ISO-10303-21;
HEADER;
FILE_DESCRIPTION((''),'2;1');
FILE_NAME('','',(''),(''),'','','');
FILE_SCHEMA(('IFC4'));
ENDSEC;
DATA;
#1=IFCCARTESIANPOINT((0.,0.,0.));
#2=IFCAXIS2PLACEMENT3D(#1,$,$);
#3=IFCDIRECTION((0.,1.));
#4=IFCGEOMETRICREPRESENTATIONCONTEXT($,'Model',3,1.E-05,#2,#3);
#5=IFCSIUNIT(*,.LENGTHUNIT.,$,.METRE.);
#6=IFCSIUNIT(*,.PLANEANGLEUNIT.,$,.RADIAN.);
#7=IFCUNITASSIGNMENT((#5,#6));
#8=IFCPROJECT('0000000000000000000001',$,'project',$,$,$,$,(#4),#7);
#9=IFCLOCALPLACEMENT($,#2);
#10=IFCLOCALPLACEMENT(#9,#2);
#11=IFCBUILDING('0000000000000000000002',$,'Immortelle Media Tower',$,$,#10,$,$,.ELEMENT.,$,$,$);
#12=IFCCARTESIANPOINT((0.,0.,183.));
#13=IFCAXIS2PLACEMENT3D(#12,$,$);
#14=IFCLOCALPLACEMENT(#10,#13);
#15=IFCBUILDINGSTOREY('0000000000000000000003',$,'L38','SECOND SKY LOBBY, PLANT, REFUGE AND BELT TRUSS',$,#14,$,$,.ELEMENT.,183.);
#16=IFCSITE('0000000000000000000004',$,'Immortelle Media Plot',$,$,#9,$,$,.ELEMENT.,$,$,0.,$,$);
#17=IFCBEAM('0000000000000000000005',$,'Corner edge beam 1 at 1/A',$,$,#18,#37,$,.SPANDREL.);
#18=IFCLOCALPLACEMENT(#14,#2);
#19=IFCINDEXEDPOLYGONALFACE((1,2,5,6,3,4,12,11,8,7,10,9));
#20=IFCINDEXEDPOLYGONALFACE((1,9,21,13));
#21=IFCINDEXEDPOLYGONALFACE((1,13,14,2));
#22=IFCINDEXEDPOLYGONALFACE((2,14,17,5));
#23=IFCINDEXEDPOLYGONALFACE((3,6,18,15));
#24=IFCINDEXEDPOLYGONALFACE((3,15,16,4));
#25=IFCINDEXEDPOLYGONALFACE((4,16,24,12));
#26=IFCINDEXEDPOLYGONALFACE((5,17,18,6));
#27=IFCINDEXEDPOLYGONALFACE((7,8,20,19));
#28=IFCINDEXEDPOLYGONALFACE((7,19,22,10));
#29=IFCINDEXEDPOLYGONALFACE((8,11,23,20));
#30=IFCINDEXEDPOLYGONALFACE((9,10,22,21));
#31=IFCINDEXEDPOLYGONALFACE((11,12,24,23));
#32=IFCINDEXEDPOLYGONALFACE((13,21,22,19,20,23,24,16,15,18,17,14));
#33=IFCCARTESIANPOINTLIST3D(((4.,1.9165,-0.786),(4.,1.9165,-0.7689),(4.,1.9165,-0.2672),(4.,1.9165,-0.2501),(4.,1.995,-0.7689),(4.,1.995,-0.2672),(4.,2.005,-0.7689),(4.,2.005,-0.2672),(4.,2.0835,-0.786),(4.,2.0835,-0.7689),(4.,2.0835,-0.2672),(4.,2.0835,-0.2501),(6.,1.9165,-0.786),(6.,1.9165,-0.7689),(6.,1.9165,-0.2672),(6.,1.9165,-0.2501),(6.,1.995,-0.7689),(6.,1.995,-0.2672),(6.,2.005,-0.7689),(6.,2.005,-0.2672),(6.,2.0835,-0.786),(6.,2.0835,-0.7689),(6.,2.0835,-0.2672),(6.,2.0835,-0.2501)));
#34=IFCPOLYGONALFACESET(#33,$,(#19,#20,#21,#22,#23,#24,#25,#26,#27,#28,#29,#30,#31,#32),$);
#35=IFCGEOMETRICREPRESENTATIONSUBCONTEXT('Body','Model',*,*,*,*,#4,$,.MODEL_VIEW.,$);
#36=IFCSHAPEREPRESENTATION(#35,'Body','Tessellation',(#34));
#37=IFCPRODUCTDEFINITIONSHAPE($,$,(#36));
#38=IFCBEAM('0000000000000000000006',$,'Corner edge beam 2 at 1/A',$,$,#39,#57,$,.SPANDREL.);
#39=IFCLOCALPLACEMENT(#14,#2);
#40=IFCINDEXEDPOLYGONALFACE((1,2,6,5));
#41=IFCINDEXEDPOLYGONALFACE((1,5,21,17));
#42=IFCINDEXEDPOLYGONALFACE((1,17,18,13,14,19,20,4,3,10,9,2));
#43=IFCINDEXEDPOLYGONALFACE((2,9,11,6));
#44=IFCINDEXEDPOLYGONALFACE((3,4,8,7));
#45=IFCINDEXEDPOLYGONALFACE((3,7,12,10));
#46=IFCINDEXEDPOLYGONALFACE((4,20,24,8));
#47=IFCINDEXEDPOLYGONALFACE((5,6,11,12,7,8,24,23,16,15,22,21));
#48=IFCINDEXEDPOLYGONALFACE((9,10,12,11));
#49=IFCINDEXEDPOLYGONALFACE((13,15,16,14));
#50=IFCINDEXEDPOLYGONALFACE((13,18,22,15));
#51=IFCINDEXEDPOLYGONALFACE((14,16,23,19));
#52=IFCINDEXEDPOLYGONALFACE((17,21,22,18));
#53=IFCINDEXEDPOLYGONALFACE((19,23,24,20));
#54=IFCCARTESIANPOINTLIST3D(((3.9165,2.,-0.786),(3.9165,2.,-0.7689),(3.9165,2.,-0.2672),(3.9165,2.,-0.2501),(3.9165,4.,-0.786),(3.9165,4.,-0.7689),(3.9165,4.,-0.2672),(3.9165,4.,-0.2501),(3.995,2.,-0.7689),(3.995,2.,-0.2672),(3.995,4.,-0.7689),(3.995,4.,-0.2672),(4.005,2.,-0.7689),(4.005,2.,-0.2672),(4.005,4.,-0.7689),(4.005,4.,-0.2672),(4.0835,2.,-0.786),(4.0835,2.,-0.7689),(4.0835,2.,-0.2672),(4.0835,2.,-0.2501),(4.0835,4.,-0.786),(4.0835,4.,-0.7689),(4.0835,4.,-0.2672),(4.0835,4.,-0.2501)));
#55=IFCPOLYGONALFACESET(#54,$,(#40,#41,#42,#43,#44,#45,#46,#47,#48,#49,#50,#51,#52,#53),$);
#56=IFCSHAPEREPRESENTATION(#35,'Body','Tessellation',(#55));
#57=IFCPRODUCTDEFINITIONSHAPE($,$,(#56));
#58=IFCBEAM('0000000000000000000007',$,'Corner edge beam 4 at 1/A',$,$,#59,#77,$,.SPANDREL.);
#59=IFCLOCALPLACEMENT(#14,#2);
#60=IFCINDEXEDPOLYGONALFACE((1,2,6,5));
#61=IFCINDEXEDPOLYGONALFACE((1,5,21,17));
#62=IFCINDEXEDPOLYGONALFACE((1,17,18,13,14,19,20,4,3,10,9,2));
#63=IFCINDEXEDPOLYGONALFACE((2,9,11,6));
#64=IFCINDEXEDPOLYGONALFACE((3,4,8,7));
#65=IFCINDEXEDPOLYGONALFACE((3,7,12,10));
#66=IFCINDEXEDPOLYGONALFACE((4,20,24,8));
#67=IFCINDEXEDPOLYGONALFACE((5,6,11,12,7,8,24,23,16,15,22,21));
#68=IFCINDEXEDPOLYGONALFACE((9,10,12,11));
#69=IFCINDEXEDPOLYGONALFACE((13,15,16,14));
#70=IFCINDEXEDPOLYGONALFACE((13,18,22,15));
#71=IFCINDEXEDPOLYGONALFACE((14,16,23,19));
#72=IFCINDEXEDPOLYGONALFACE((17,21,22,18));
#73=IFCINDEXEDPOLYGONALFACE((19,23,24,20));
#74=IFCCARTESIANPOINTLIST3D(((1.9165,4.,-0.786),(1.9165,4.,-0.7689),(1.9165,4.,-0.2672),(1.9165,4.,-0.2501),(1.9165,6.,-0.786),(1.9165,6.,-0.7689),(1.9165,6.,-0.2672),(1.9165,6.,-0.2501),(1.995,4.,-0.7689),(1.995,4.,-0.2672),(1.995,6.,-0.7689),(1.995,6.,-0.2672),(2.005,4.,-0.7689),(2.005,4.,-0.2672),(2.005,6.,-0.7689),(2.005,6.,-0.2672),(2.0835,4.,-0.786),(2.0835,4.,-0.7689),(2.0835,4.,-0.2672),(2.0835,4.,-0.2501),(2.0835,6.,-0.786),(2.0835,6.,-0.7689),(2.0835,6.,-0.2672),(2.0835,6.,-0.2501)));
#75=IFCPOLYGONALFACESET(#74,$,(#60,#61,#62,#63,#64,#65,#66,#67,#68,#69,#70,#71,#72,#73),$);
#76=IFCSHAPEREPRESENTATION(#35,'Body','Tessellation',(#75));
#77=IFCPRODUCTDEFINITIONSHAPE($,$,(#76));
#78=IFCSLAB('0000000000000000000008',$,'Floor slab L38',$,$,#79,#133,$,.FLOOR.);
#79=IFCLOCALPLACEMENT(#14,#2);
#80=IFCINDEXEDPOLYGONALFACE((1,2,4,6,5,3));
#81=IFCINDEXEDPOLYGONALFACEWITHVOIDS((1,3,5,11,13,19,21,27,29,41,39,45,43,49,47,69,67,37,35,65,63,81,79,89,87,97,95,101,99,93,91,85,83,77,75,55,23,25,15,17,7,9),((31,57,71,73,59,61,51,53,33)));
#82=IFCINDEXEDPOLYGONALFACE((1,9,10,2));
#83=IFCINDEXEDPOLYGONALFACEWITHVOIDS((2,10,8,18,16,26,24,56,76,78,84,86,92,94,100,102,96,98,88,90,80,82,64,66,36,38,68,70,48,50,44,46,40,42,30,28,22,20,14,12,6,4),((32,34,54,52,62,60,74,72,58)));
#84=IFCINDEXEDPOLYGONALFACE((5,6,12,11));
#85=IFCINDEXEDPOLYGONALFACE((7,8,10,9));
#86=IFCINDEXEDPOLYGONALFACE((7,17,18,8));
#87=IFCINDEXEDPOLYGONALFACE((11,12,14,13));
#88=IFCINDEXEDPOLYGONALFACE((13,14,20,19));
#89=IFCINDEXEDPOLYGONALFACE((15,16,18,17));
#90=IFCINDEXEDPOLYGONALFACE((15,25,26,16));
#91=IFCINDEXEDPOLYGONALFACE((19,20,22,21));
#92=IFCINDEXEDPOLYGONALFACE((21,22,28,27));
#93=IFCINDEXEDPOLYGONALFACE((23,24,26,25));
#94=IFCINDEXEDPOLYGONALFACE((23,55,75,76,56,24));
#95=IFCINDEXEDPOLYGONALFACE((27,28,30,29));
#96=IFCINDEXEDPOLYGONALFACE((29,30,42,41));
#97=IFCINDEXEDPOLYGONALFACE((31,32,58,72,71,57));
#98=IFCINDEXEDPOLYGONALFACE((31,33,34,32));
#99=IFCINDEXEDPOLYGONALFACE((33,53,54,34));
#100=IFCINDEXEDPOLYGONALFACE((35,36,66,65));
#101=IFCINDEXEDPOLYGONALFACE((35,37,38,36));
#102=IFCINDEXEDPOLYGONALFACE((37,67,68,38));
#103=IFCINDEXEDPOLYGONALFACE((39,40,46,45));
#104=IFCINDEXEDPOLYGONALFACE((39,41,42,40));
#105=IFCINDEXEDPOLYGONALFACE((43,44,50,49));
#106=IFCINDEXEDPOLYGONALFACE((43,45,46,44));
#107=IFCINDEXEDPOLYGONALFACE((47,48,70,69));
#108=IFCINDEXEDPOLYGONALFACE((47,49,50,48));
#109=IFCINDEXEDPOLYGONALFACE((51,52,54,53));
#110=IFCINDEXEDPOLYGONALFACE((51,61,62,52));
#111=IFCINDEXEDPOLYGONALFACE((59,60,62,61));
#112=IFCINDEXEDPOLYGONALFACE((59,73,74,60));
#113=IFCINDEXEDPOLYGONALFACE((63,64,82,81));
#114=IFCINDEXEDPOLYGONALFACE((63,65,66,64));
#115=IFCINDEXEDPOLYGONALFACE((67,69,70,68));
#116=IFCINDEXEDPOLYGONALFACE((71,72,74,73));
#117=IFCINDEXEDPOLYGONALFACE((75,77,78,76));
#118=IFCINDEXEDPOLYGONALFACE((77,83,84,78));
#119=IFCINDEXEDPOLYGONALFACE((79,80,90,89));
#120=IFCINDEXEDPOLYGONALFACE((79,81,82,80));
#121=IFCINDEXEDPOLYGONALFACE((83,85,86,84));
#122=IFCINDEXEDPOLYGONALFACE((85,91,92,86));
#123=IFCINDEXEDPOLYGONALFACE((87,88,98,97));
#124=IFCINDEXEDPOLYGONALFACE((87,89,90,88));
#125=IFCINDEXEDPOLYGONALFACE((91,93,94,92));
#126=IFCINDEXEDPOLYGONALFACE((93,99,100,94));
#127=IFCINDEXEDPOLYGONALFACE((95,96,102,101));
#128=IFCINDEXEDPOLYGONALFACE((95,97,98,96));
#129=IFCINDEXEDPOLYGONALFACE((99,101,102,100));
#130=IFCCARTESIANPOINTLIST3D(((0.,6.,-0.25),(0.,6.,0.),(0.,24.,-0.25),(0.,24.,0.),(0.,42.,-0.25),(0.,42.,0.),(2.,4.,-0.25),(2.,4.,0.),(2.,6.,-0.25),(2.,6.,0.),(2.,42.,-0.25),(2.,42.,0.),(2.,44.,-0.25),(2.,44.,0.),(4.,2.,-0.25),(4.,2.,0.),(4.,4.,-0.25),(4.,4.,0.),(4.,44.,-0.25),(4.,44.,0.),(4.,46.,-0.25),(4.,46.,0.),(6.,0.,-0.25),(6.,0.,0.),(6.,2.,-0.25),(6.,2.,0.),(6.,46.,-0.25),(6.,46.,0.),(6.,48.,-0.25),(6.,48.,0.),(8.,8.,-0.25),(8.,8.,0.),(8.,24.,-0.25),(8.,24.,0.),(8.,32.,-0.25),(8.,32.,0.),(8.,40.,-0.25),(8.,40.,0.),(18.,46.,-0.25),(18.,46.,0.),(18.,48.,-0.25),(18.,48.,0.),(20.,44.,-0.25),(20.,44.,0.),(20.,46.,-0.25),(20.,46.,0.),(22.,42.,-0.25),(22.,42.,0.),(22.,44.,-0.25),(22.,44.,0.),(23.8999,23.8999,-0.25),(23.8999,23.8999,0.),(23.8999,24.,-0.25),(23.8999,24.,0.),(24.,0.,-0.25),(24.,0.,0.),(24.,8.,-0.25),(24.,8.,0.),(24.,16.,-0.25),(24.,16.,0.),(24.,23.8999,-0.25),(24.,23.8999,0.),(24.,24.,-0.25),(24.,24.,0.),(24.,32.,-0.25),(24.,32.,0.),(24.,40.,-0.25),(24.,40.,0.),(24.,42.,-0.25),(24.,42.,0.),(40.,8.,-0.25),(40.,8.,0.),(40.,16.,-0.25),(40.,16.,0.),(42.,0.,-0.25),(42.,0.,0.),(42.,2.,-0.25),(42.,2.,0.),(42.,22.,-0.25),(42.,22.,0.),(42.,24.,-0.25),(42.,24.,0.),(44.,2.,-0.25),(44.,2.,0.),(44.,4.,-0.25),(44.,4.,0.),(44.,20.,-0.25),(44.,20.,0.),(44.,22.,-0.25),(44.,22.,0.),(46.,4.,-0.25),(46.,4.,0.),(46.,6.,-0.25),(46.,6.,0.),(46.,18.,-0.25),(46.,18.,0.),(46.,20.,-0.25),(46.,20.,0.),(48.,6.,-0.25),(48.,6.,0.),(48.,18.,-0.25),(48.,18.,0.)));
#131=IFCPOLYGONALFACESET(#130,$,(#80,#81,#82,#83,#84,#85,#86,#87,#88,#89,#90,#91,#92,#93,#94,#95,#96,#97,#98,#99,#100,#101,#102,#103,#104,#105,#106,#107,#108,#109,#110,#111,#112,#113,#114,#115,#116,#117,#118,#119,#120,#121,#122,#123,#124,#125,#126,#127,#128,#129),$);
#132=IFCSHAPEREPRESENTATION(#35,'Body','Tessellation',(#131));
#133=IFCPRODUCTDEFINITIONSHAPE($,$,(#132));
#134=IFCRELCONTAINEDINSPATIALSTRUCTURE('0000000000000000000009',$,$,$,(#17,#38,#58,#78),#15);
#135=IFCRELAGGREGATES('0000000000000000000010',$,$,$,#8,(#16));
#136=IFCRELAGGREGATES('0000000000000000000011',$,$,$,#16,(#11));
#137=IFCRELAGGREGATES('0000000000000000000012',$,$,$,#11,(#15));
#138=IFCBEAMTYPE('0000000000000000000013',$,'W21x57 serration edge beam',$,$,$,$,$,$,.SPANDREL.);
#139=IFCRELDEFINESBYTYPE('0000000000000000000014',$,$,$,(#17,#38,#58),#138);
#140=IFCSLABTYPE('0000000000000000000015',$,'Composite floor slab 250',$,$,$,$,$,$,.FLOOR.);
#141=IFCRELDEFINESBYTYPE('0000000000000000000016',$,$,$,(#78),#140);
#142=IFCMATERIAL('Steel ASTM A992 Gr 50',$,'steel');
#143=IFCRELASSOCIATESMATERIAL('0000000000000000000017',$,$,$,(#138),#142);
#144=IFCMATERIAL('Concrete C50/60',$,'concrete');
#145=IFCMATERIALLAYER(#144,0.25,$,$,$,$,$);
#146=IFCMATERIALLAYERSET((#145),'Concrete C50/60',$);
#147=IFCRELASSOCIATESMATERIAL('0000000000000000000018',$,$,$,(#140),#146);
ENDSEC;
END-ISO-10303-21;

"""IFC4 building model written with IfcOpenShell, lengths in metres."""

from ifc_helpers import new_model, si_unit, direction, frame, origin, origin_2d, place, context, subcontext, project, spatial, polyline, i_section, outline, extrude, material, layer, layer_set, material_profile, profile_set, type_object, element, save


model = new_model("IFC4")

# Units and contexts
model_context = context("Model", 3, precision=1e-05, world=origin(), true_north=direction((0.0, 1.0)))
body_context = subcontext(model_context, "Body", "Model", "MODEL_VIEW")
ifc_project = project(units=[si_unit("LENGTHUNIT", "METRE"), si_unit("PLANEANGLEUNIT", "RADIAN")], contexts=[model_context])

# Site, building, storey
site_placement = place(None, origin())
site = spatial("IfcSite", under=ifc_project, at=site_placement, Name="Immortelle Media Plot", CompositionType="ELEMENT", RefElevation=0.0)
building_placement = place(site_placement, origin())
building = spatial("IfcBuilding", under=site, at=building_placement, Name="Immortelle Media Tower", CompositionType="ELEMENT")
storey_placement = place(building_placement, frame((0.0, 0.0, 183.0)))
storey = spatial("IfcBuildingStorey", under=building, at=storey_placement, Name="L38", Description="SECOND SKY LOBBY, PLANT, REFUGE AND BELT TRUSS", CompositionType="ELEMENT", Elevation=183.0)

# Beams
ifc_material_1 = material(Name="Steel ASTM A992 Gr 50", Category="steel")
ifc_material_profile = material_profile(ifc_material_1, i_section(OverallWidth=0.167, OverallDepth=0.5359, WebThickness=0.01, FlangeThickness=0.0171, at=origin_2d()), Name="W21x57")
ifc_profile_set = profile_set([ifc_material_profile], Name="Steel ASTM A992 Gr 50")
beam_type = type_object("IfcBeamType", Name="W21x57 serration edge beam", PredefinedType="SPANDREL", material=ifc_profile_set)
for number, where, z_axis, x_axis, name in (
    (1, (6.0, 2.0, -0.5181), (-1.0, 0.0, 0.0), (0.0, -1.0, 0.0), "Corner edge beam 1 at 1/A"),
    (2, (4.0, 2.0, -0.5181), (0.0, 1.0, 0.0), (-1.0, 0.0, 0.0), "Corner edge beam 2 at 1/A"),
    (3, (2.0, 4.0, -0.5181), (0.0, 1.0, 0.0), (-1.0, 0.0, 0.0), "Corner edge beam 4 at 1/A"),
):
    element("IfcBeam", number, at=place(storey_placement, frame(where, z_axis=z_axis, x_axis=x_axis)), inside=storey, type_object=beam_type, Name=name, PredefinedType="SPANDREL", context=body_context, shape_type="SweptSolid", body=[
        extrude(i_section(OverallWidth=0.167, OverallDepth=0.5359, WebThickness=0.01, FlangeThickness=0.0171, at=origin_2d()), origin(), (0.0, 0.0, 1.0), 2.0),
    ])

# Slab
ifc_material_2 = material(Name="Concrete C50/60", Category="concrete")
ifc_layer_1 = layer(ifc_material_2, 0.25)
ifc_layer_set_1 = layer_set([ifc_layer_1], Name="Concrete C50/60")
slab_type_1 = type_object("IfcSlabType", Name="Composite floor slab 250", PredefinedType="FLOOR", material=ifc_layer_set_1)
slab_1_placement = place(storey_placement, frame((0.0, 0.0, -0.25)))
element("IfcSlab", 4, at=slab_1_placement, inside=storey, type_object=slab_type_1, Name="Floor slab L38", PredefinedType="FLOOR", context=body_context, shape_type="SweptSolid", body=[
    extrude(outline(polyline([(42.0, 24.0), (42.0, 22.0), (44.0, 22.0), (44.0, 20.0), (46.0, 20.0), (46.0, 18.0), (48.0, 18.0), (48.0, 6.0), (46.0, 6.0), (46.0, 4.0), (44.0, 4.0), (44.0, 2.0), (42.0, 2.0), (42.0, 0.0), (24.0, 0.0), (6.0, 0.0), (6.0, 2.0), (4.0, 2.0), (4.0, 4.0), (2.0, 4.0), (2.0, 6.0), (0.0, 6.0), (0.0, 24.0), (0.0, 42.0), (2.0, 42.0), (2.0, 44.0), (4.0, 44.0), (4.0, 46.0), (6.0, 46.0), (6.0, 48.0), (18.0, 48.0), (18.0, 46.0), (20.0, 46.0), (20.0, 44.0), (22.0, 44.0), (22.0, 42.0), (24.0, 42.0), (24.0, 40.0), (8.0, 40.0), (8.0, 32.0), (24.0, 32.0), (24.0, 24.0), (42.0, 24.0)]), holes=[polyline([(24.0, 16.0), (40.0, 16.0), (40.0, 8.0), (24.0, 8.0), (8.0, 8.0), (8.0, 24.0), (23.8999, 24.0), (23.8999, 23.8999), (24.0, 23.8999), (24.0, 16.0)])]), origin(), (0.0, 0.0, 1.0), 0.25),
])

save(model, "model.ifc")
